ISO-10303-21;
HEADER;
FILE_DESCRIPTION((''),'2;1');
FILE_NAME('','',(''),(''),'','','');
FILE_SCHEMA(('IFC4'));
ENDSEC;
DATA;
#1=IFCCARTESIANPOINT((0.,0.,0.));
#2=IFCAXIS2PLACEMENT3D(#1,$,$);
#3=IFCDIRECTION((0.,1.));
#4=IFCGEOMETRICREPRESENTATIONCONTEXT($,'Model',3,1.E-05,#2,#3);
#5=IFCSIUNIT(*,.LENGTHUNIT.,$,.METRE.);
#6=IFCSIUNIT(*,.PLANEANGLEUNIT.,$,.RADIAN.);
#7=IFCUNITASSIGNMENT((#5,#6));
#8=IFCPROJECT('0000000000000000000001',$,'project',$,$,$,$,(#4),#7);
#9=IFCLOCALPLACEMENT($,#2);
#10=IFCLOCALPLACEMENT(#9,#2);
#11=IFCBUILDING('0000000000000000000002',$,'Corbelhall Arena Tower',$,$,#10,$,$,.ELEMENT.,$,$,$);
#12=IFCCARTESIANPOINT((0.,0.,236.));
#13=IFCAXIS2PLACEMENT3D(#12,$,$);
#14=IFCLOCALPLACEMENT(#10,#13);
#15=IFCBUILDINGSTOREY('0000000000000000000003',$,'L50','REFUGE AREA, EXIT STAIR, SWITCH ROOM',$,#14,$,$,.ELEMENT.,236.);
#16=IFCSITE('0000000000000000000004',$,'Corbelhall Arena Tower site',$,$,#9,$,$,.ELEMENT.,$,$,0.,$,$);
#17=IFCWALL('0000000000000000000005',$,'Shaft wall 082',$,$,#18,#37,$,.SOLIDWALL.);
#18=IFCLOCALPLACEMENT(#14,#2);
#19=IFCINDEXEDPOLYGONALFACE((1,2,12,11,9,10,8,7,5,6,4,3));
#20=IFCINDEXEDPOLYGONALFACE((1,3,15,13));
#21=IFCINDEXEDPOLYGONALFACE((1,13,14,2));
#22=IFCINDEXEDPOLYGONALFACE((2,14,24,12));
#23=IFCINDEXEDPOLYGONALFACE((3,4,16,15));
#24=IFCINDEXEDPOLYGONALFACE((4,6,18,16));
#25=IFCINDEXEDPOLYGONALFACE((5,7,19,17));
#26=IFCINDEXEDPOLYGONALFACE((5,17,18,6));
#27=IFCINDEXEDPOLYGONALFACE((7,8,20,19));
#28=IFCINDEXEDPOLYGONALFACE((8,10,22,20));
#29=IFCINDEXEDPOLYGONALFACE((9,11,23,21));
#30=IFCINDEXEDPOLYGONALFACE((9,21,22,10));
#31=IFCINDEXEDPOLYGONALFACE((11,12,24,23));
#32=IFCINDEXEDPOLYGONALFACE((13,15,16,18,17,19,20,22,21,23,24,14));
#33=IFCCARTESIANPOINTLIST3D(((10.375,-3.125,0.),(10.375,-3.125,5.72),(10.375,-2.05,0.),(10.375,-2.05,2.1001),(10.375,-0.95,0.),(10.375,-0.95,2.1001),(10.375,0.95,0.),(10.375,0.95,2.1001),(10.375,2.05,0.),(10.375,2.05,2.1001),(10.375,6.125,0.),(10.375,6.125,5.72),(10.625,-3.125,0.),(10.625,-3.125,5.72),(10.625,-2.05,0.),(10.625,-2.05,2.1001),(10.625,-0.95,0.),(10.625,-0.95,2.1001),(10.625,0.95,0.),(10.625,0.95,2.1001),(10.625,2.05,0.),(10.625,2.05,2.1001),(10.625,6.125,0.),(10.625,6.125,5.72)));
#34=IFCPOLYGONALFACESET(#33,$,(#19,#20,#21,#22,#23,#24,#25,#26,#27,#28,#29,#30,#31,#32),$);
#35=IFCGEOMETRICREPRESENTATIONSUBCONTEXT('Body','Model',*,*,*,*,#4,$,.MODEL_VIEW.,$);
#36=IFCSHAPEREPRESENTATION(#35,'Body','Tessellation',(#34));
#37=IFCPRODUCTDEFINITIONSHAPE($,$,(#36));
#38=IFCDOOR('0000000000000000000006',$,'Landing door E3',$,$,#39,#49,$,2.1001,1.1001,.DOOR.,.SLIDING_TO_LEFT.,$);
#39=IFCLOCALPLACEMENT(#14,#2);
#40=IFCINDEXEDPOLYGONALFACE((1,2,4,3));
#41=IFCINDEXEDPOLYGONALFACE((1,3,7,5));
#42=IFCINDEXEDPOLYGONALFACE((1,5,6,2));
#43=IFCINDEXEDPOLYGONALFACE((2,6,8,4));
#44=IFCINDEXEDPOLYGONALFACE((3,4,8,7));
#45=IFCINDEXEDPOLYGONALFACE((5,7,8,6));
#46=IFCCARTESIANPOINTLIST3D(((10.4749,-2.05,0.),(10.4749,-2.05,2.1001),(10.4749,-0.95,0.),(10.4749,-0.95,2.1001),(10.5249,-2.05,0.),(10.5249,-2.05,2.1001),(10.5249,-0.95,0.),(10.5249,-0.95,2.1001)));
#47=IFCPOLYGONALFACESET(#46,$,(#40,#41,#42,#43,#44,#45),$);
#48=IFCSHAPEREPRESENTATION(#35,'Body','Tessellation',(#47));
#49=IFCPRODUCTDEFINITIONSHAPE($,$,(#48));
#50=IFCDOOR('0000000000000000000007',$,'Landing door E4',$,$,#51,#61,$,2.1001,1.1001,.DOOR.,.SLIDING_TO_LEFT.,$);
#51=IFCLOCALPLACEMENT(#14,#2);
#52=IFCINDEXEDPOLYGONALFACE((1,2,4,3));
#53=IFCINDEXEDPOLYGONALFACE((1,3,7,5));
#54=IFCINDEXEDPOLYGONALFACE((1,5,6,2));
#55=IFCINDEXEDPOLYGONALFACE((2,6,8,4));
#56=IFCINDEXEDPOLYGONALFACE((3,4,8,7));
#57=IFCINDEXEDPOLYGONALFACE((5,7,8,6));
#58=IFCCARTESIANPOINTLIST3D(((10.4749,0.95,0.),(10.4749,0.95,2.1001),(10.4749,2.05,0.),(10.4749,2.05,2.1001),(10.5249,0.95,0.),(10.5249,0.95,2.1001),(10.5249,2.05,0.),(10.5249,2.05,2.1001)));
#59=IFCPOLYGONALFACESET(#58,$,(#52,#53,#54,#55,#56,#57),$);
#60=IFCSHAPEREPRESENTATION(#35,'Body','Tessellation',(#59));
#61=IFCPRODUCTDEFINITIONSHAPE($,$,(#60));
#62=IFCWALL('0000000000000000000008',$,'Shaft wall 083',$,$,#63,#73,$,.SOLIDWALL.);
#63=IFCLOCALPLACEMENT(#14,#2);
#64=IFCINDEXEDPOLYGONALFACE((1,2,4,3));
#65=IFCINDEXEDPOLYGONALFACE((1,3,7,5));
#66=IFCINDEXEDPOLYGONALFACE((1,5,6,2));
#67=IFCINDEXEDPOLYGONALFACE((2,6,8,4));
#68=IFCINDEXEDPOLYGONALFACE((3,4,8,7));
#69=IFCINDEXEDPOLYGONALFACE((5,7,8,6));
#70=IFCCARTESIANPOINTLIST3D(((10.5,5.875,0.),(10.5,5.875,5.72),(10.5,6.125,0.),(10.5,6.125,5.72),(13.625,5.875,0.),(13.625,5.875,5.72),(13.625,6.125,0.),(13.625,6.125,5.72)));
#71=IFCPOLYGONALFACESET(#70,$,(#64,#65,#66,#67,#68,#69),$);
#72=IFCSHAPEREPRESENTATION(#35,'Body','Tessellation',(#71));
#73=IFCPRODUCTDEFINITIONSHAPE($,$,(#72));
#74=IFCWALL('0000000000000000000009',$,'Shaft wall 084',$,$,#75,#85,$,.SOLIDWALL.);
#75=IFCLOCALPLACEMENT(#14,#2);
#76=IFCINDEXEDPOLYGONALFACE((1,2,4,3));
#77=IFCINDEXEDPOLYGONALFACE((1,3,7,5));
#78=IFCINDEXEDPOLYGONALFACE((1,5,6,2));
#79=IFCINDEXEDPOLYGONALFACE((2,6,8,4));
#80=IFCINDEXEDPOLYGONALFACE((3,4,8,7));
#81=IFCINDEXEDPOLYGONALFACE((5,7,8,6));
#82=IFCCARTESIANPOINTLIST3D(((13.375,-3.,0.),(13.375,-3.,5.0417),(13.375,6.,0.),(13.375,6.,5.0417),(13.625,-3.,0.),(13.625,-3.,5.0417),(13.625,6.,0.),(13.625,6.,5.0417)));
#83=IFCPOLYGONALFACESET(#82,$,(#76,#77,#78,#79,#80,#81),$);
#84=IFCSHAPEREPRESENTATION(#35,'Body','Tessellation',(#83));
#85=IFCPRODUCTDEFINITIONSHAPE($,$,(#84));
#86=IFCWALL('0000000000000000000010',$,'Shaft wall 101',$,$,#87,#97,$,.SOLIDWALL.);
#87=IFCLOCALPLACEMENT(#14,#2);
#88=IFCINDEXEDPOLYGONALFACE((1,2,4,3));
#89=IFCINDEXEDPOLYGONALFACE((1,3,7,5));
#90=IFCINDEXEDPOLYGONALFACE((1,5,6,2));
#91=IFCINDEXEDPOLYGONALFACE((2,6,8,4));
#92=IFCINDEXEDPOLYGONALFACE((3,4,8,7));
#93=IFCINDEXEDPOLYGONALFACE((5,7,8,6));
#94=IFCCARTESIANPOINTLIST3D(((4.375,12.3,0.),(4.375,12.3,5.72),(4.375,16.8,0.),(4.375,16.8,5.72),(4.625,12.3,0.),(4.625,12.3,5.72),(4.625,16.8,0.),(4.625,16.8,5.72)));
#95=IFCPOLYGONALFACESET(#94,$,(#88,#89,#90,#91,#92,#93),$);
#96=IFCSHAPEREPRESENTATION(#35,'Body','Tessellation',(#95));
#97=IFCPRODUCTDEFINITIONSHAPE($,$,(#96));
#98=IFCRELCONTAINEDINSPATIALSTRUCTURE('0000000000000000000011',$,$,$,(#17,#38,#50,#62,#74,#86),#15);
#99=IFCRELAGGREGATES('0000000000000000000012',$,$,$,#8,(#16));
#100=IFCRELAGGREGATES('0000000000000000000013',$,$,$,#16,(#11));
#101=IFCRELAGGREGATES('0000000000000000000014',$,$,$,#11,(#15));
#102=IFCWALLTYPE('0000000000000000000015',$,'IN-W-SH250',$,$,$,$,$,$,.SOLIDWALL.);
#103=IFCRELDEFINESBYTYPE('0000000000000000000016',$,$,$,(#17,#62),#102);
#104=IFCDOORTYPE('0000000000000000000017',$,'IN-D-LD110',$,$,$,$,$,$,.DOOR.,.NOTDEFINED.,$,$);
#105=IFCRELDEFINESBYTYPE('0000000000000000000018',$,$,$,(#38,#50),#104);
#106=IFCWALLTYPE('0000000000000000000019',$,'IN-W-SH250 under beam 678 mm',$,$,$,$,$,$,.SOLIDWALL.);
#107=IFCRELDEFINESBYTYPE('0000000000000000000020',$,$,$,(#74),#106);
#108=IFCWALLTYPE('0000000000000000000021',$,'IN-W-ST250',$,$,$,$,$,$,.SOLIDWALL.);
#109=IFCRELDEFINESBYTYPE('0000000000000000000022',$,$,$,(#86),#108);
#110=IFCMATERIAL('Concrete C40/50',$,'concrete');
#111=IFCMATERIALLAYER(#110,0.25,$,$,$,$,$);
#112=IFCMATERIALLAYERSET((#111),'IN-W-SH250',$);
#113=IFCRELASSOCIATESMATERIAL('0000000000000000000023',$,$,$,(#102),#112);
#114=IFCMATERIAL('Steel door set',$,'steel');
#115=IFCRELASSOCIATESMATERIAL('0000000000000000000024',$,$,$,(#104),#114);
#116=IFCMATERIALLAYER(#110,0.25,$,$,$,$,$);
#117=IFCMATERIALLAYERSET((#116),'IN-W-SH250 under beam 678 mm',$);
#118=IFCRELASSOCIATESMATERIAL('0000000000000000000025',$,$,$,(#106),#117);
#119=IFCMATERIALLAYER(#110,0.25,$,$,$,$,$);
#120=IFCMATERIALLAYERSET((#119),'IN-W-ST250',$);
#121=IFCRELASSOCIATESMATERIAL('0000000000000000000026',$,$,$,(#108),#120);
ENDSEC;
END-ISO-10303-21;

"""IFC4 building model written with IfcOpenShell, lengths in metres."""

from ifc_helpers import new_model, si_unit, direction, frame, frame_2d, origin, place, context, subcontext, project, spatial, rectangle, extrude, material, layer, layer_set, type_object, element, fill, save


model = new_model("IFC4")

# Units and contexts
model_context = context("Model", 3, precision=1e-05, world=origin(), true_north=direction((0.0, 1.0)))
body_context = subcontext(model_context, "Body", "Model", "MODEL_VIEW")
ifc_project = project(units=[si_unit("LENGTHUNIT", "METRE"), si_unit("PLANEANGLEUNIT", "RADIAN")], contexts=[model_context])

# Site, building, storey
site_placement = place(None, origin())
site = spatial("IfcSite", under=ifc_project, at=site_placement, Name="Corbelhall Arena Tower site", CompositionType="ELEMENT", RefElevation=0.0)
building_placement = place(site_placement, origin())
building = spatial("IfcBuilding", under=site, at=building_placement, Name="Corbelhall Arena Tower", CompositionType="ELEMENT")
storey_placement = place(building_placement, frame((0.0, 0.0, 236.0)))
storey = spatial("IfcBuildingStorey", under=building, at=storey_placement, Name="L50", Description="REFUGE AREA, EXIT STAIR, SWITCH ROOM", CompositionType="ELEMENT", Elevation=236.0)

# Shared definitions
ifc_material_1 = material(Name="Steel door set", Category="steel")

# Shared definitions
ifc_material_2 = material(Name="Concrete C40/50", Category="concrete")
ifc_layer_1 = layer(ifc_material_2, 0.25)
ifc_layer_set_1 = layer_set([ifc_layer_1], Name="IN-W-SH250")
wall_type_1 = type_object("IfcWallType", Name="IN-W-SH250", PredefinedType="SOLIDWALL", material=ifc_layer_set_1)

# Wall, openings, doors
wall_1_placement = place(storey_placement, frame((10.5, 6.125, 0.0), z_axis=(0.0, 0.0, 1.0), x_axis=(0.0, -1.0, 0.0)))
wall_1 = element("IfcWall", 1, at=wall_1_placement, inside=storey, type_object=wall_type_1, Name="Shaft wall 082", PredefinedType="SOLIDWALL", context=body_context, shape_type="SweptSolid", body=[
    extrude(rectangle(XDim=9.25, YDim=0.25, at=frame_2d((4.625, 0.0))), origin(), (0.0, 0.0, 1.0), 5.72),
])
opening_1_placement = place(wall_1_placement, frame((7.075, 0.0, 0.0)))
opening_1 = element("IfcOpeningElement", 2, at=opening_1_placement, cuts=wall_1, PredefinedType="OPENING", context=body_context, shape_type="SweptSolid", body=[
    extrude(rectangle(XDim=1.1001, YDim=2.1001, at=frame_2d((0.55, 1.05))), frame((0.0, 0.125, 0.0), z_axis=(0.0, -1.0, 0.0), x_axis=(1.0, 0.0, 0.0)), (0.0, 0.0, 1.0), 0.25),
])
opening_2_placement = place(wall_1_placement, frame((4.075, 0.0, 0.0)))
opening_2 = element("IfcOpeningElement", 3, at=opening_2_placement, cuts=wall_1, PredefinedType="OPENING", context=body_context, shape_type="SweptSolid", body=[
    extrude(rectangle(XDim=1.1001, YDim=2.1001, at=frame_2d((0.55, 1.05))), frame((0.0, 0.125, 0.0), z_axis=(0.0, -1.0, 0.0), x_axis=(1.0, 0.0, 0.0)), (0.0, 0.0, 1.0), 0.25),
])
door_type_1 = type_object("IfcDoorType", Name="IN-D-LD110", OperationType="NOTDEFINED", PredefinedType="DOOR", material=ifc_material_1)
door_1_placement = place(opening_1_placement, origin())
door_1 = element("IfcDoor", 4, at=door_1_placement, inside=storey, type_object=door_type_1, Name="Landing door E3", OperationType="SLIDING_TO_LEFT", OverallHeight=2.1001, OverallWidth=1.1001, PredefinedType="DOOR", context=body_context, shape_type="SweptSolid", body=[
    extrude(rectangle(XDim=1.1001, YDim=2.1001, at=frame_2d((0.55, 1.05))), frame((0.0, 0.0249, 0.0), z_axis=(0.0, -1.0, 0.0), x_axis=(1.0, 0.0, 0.0)), (0.0, 0.0, 1.0), 0.05),
])
fill(opening_1, door_1)
door_2_placement = place(opening_2_placement, origin())
door_2 = element("IfcDoor", 5, at=door_2_placement, inside=storey, type_object=door_type_1, Name="Landing door E4", OperationType="SLIDING_TO_LEFT", OverallHeight=2.1001, OverallWidth=1.1001, PredefinedType="DOOR", context=body_context, shape_type="SweptSolid", body=[
    extrude(rectangle(XDim=1.1001, YDim=2.1001, at=frame_2d((0.55, 1.05))), frame((0.0, 0.0249, 0.0), z_axis=(0.0, -1.0, 0.0), x_axis=(1.0, 0.0, 0.0)), (0.0, 0.0, 1.0), 0.05),
])
fill(opening_2, door_2)

# Walls
wall_2_placement = place(storey_placement, frame((10.5, 6.0, 0.0), z_axis=(0.0, 0.0, 1.0), x_axis=(1.0, 0.0, 0.0)))
element("IfcWall", 6, at=wall_2_placement, inside=storey, type_object=wall_type_1, Name="Shaft wall 083", PredefinedType="SOLIDWALL", context=body_context, shape_type="SweptSolid", body=[
    extrude(rectangle(XDim=3.125, YDim=0.25, at=frame_2d((1.5625, 0.0))), origin(), (0.0, 0.0, 1.0), 5.72),
])
ifc_layer_2 = layer(ifc_material_2, 0.25)
ifc_layer_set_2 = layer_set([ifc_layer_2], Name="IN-W-SH250 under beam 678 mm")
wall_type_2 = type_object("IfcWallType", Name="IN-W-SH250 under beam 678 mm", PredefinedType="SOLIDWALL", material=ifc_layer_set_2)
wall_3_placement = place(storey_placement, frame((13.5, 6.0, 0.0), z_axis=(0.0, 0.0, 1.0), x_axis=(0.0, -1.0, 0.0)))
element("IfcWall", 7, at=wall_3_placement, inside=storey, type_object=wall_type_2, Name="Shaft wall 084", PredefinedType="SOLIDWALL", context=body_context, shape_type="SweptSolid", body=[
    extrude(rectangle(XDim=9.0, YDim=0.25, at=frame_2d((4.5, 0.0))), origin(), (0.0, 0.0, 1.0), 5.0417),
])
ifc_layer_3 = layer(ifc_material_2, 0.25)
ifc_layer_set_3 = layer_set([ifc_layer_3], Name="IN-W-ST250")
wall_type_3 = type_object("IfcWallType", Name="IN-W-ST250", PredefinedType="SOLIDWALL", material=ifc_layer_set_3)
wall_4_placement = place(storey_placement, frame((4.5, 12.3, 0.0), z_axis=(0.0, 0.0, 1.0), x_axis=(0.0, 1.0, 0.0)))
element("IfcWall", 8, at=wall_4_placement, inside=storey, type_object=wall_type_3, Name="Shaft wall 101", PredefinedType="SOLIDWALL", context=body_context, shape_type="SweptSolid", body=[
    extrude(rectangle(XDim=4.5, YDim=0.25, at=frame_2d((2.25, 0.0))), origin(), (0.0, 0.0, 1.0), 5.72),
])

save(model, "model.ifc")
